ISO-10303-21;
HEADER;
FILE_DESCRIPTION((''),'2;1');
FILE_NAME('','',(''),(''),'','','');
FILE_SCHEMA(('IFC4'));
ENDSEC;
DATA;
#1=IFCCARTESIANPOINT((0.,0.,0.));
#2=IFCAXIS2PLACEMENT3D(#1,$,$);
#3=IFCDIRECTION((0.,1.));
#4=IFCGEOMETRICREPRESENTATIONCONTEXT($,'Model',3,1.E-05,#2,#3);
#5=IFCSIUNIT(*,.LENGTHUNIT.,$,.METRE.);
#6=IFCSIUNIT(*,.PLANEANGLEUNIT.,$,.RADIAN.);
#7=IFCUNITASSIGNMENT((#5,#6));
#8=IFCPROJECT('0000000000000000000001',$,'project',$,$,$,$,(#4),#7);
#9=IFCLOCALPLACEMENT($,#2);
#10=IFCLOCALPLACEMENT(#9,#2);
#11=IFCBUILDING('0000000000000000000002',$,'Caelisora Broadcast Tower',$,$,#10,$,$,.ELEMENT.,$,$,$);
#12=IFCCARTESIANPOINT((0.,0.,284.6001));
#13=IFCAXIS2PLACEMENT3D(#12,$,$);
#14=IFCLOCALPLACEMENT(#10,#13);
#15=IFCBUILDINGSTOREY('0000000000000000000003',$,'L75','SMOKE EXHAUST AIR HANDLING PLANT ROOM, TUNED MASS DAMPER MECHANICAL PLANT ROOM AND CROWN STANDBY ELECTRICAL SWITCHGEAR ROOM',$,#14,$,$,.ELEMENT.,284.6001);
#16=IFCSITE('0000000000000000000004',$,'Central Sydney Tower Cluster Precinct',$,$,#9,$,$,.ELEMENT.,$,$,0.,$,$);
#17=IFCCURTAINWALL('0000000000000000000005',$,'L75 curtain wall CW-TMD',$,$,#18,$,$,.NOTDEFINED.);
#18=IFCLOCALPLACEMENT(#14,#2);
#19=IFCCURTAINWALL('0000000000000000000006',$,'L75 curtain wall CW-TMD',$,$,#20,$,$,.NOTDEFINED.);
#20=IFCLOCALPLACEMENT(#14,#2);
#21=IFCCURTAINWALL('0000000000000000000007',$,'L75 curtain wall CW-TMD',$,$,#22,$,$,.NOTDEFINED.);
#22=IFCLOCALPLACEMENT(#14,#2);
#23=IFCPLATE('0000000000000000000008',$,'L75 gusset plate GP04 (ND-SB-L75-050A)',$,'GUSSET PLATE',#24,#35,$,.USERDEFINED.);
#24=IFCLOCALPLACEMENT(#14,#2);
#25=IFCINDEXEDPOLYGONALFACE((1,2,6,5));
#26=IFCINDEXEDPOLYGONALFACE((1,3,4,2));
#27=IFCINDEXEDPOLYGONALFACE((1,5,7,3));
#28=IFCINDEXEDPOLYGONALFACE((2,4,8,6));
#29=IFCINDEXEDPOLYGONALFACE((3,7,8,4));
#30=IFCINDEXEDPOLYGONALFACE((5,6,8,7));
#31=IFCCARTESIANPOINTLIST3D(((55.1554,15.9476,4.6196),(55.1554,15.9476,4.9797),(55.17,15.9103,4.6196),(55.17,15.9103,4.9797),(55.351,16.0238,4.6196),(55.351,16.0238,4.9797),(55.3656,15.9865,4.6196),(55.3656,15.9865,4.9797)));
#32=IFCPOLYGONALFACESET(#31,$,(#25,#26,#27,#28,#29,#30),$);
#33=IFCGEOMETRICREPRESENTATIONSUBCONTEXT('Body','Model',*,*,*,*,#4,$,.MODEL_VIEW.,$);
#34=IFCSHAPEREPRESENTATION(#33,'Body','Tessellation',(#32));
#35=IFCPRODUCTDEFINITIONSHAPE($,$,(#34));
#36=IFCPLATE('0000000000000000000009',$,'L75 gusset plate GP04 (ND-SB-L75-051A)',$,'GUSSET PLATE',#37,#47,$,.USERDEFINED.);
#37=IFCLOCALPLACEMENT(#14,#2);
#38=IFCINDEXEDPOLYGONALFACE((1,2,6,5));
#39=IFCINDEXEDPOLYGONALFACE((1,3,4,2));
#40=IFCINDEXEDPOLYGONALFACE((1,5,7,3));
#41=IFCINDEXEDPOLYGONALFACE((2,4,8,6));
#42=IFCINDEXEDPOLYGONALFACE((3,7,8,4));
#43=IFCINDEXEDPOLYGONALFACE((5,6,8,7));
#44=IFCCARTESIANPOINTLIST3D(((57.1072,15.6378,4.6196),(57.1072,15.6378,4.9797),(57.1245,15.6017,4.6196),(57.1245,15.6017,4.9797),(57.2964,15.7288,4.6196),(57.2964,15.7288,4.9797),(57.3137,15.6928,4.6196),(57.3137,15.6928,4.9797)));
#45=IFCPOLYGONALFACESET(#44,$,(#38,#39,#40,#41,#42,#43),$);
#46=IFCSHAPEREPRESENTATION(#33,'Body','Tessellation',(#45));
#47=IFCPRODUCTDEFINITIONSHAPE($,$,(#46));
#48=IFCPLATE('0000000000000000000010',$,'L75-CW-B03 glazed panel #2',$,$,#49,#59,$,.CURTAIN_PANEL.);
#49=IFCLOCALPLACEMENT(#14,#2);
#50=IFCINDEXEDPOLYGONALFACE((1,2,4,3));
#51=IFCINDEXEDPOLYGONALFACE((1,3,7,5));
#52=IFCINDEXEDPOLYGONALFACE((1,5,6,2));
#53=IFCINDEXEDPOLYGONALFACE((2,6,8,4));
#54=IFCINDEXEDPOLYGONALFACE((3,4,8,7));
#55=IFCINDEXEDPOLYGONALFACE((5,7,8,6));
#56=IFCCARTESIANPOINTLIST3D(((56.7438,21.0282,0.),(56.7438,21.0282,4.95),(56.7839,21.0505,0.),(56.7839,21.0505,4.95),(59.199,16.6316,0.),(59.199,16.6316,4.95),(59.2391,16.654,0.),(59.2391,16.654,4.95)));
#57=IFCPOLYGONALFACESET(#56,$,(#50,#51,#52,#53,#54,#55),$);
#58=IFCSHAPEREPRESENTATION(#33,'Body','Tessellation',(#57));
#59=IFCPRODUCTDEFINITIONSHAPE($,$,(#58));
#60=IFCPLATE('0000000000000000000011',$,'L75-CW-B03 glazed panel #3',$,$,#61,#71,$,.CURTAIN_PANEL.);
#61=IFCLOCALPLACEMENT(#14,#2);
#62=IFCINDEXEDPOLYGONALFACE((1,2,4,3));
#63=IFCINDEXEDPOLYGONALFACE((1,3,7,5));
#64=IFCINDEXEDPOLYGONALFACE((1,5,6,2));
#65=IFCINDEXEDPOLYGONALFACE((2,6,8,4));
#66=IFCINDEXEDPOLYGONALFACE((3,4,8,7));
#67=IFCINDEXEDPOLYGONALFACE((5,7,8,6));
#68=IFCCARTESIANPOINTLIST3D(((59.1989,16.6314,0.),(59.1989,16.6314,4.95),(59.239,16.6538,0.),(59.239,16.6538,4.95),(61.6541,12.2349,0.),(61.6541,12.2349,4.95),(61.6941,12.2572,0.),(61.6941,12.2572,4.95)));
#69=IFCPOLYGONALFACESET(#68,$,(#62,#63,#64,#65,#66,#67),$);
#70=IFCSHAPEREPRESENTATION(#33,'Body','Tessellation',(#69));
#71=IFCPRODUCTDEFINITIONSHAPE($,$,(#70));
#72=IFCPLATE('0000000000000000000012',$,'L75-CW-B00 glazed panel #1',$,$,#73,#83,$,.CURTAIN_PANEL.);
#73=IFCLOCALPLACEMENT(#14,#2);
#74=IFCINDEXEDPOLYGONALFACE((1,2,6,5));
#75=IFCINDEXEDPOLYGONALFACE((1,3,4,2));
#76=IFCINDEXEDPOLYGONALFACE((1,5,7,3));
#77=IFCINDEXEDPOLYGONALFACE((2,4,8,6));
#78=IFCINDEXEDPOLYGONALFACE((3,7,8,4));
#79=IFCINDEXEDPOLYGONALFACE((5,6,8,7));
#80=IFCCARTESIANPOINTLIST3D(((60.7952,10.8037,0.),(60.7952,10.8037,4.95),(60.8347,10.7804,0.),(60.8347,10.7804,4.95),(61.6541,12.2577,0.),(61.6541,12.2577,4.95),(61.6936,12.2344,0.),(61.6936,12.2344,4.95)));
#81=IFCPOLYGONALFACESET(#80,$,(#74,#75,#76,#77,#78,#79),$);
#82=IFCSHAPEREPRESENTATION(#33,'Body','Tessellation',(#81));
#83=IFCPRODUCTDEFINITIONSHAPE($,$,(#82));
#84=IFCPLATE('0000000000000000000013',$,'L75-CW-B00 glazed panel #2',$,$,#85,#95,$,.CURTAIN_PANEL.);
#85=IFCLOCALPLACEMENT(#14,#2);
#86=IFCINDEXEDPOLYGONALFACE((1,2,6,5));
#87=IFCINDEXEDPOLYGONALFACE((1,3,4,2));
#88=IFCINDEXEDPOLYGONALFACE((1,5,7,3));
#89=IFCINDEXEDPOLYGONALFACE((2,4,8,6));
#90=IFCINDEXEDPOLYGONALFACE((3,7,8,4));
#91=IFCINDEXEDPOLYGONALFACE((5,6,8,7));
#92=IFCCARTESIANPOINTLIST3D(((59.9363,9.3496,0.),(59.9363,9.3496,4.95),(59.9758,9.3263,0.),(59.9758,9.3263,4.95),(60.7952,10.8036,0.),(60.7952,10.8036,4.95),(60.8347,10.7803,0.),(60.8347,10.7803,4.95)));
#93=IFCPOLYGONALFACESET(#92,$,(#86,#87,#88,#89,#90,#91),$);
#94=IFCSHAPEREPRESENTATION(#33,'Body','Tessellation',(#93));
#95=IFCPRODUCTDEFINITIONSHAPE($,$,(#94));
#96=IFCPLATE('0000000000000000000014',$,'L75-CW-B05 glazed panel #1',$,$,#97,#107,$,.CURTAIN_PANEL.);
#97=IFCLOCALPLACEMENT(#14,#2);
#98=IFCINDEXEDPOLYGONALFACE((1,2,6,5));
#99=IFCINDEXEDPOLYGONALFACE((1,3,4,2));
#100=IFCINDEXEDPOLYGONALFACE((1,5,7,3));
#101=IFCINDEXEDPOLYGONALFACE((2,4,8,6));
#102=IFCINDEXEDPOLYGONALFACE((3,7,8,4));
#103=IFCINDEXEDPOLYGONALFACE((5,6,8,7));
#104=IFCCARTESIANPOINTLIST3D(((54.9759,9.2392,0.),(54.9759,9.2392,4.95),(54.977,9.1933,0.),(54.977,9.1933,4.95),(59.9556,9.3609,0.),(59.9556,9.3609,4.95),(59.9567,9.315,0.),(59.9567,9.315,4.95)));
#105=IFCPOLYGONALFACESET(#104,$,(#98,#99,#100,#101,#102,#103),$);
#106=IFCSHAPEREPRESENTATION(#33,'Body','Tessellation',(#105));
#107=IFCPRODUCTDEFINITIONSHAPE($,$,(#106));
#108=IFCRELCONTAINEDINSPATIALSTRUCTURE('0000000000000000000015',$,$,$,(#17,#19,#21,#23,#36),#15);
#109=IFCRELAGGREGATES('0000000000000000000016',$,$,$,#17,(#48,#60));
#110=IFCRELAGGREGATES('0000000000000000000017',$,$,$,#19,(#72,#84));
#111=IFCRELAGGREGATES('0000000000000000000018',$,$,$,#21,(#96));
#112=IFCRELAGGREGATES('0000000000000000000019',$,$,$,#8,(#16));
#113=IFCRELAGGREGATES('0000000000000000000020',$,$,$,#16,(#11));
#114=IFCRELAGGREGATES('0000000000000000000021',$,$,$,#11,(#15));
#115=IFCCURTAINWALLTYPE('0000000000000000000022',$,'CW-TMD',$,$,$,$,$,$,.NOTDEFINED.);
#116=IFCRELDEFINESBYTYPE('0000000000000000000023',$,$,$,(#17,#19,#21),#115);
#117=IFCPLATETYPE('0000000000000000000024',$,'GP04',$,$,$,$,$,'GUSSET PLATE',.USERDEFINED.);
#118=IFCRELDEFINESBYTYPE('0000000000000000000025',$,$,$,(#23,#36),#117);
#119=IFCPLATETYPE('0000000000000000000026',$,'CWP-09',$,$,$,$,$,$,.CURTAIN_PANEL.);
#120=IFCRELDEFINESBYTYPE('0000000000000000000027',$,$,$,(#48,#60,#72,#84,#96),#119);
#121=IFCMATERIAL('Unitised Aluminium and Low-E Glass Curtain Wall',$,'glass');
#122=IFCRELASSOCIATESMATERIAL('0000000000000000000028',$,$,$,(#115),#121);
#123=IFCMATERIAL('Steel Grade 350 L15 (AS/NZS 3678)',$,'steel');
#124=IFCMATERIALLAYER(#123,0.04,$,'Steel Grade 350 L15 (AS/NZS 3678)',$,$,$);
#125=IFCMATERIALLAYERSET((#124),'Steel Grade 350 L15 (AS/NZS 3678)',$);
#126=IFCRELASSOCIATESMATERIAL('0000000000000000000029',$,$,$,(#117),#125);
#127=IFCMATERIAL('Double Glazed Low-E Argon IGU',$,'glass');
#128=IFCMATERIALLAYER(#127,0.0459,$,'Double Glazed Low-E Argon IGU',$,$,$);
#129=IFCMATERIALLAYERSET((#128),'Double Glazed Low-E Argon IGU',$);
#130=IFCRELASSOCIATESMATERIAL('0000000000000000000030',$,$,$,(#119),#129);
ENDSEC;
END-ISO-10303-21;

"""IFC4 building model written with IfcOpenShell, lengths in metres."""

from ifc_helpers import new_model, si_unit, direction, frame, origin, origin_2d, place, context, subcontext, project, spatial, rectangle, extrude, source, transform, mapped, material, layer, layer_set, type_object, type_shapes, element, aggregate, save


model = new_model("IFC4")

# Units and contexts
model_context = context("Model", 3, precision=1e-05, world=origin(), true_north=direction((0.0, 1.0)))
body_context = subcontext(model_context, "Body", "Model", "MODEL_VIEW")
ifc_project = project(units=[si_unit("LENGTHUNIT", "METRE"), si_unit("PLANEANGLEUNIT", "RADIAN")], contexts=[model_context])

# Site, building, storey
site_placement = place(None, origin())
site = spatial("IfcSite", under=ifc_project, at=site_placement, Name="Central Sydney Tower Cluster Precinct", CompositionType="ELEMENT", RefElevation=0.0)
building_placement = place(site_placement, origin())
building = spatial("IfcBuilding", under=site, at=building_placement, Name="Caelisora Broadcast Tower", CompositionType="ELEMENT")
storey_placement = place(building_placement, frame((0.0, 0.0, 284.6001)))
storey = spatial("IfcBuildingStorey", under=building, at=storey_placement, Name="L75", Description="SMOKE EXHAUST AIR HANDLING PLANT ROOM, TUNED MASS DAMPER MECHANICAL PLANT ROOM AND CROWN STANDBY ELECTRICAL SWITCHGEAR ROOM", CompositionType="ELEMENT", Elevation=284.6001)

# Shared definitions
ifc_material_1 = material(Name="Steel Grade 350 L15 (AS/NZS 3678)", Category="steel")

# Curtain walls
ifc_material_2 = material(Name="Unitised Aluminium and Low-E Glass Curtain Wall", Category="glass")
curtain_wall_type = type_object("IfcCurtainWallType", Name="CW-TMD", PredefinedType="NOTDEFINED", material=ifc_material_2)
curtain_wall_1_placement = place(storey_placement, origin())
curtain_wall_1 = element("IfcCurtainWall", 1, at=curtain_wall_1_placement, inside=storey, type_object=curtain_wall_type, Name="L75 curtain wall CW-TMD", PredefinedType="NOTDEFINED")
curtain_wall_2_placement = place(storey_placement, origin())
curtain_wall_2 = element("IfcCurtainWall", 2, at=curtain_wall_2_placement, inside=storey, type_object=curtain_wall_type, Name="L75 curtain wall CW-TMD", PredefinedType="NOTDEFINED")
curtain_wall_3_placement = place(storey_placement, origin())
curtain_wall_3 = element("IfcCurtainWall", 3, at=curtain_wall_3_placement, inside=storey, type_object=curtain_wall_type, Name="L75 curtain wall CW-TMD", PredefinedType="NOTDEFINED")

# Plates
ifc_layer_1 = layer(ifc_material_1, 0.04, Name="Steel Grade 350 L15 (AS/NZS 3678)")
ifc_layer_set_1 = layer_set([ifc_layer_1], Name="Steel Grade 350 L15 (AS/NZS 3678)")
plate_type_1 = type_object("IfcPlateType", Name="GP04", ElementType="GUSSET PLATE", PredefinedType="USERDEFINED", material=ifc_layer_set_1)
shared_shape_1 = source(origin(), body_context, "Body", "SweptSolid", [
    extrude(rectangle(XDim=0.21, YDim=0.04, at=origin_2d()), origin(), (0.0, 0.0, 1.0), 0.3601),
])
type_shapes(plate_type_1, [shared_shape_1])
for number, where, z_axis, x_axis, name in (
    (4, (55.2605, 15.967, 4.6196), (0.0, 0.0, 1.0), (-0.931691, -0.363251, 0.0), "L75 gusset plate GP04 (ND-SB-L75-050A)"),
    (5, (57.2104, 15.6653, 4.6196), (0.0, 0.0, 1.0), (-0.901153, -0.433502, 0.0), "L75 gusset plate GP04 (ND-SB-L75-051A)"),
):
    element("IfcPlate", number, at=place(storey_placement, frame(where, z_axis=z_axis, x_axis=x_axis)), inside=storey, type_object=plate_type_1, Name=name, ObjectType="GUSSET PLATE", PredefinedType="USERDEFINED", context=body_context, shape_type="MappedRepresentation", body=[
        mapped(shared_shape_1, transform((0.0, 0.0, 0.0), scale=1.0)),
    ])

# Plates
ifc_material_3 = material(Name="Double Glazed Low-E Argon IGU", Category="glass")
ifc_layer_2 = layer(ifc_material_3, 0.0459, Name="Double Glazed Low-E Argon IGU")
ifc_layer_set_2 = layer_set([ifc_layer_2], Name="Double Glazed Low-E Argon IGU")
plate_type_2 = type_object("IfcPlateType", Name="CWP-09", PredefinedType="CURTAIN_PANEL", material=ifc_layer_set_2)
shared_shape_2 = source(origin(), body_context, "Body", "SweptSolid", [
    extrude(rectangle(XDim=5.0356, YDim=0.0459, at=origin_2d()), origin(), (0.0, 0.0, 1.0), 4.95),
])
plate_1_placement = place(storey_placement, frame((57.9915, 18.8411, 0.0), z_axis=(0.0, 0.0, 1.0), x_axis=(0.487555, -0.873092, 0.0)))
plate_1 = element("IfcPlate", 6, at=plate_1_placement, type_object=plate_type_2, Name="L75-CW-B03 glazed panel #2", PredefinedType="CURTAIN_PANEL", context=body_context, shape_type="MappedRepresentation", body=[
    mapped(shared_shape_2, transform((0.0, 0.0, 0.0), scale=1.0)),
])
plate_2_placement = place(storey_placement, frame((60.4465, 14.4443, 0.0), z_axis=(0.0, 0.0, 1.0), x_axis=(0.487555, -0.873092, 0.0)))
plate_2 = element("IfcPlate", 7, at=plate_2_placement, type_object=plate_type_2, Name="L75-CW-B03 glazed panel #3", PredefinedType="CURTAIN_PANEL", context=body_context, shape_type="MappedRepresentation", body=[
    mapped(shared_shape_2, transform((0.0, 0.0, 0.0), scale=1.0)),
])
aggregate(curtain_wall_1, [plate_1, plate_2])
shared_shape_3 = source(origin(), body_context, "Body", "SweptSolid", [
    extrude(rectangle(XDim=1.6887, YDim=0.0459, at=origin_2d()), origin(), (0.0, 0.0, 1.0), 4.95),
])
plate_3_placement = place(storey_placement, frame((61.2444, 11.519, 0.0), z_axis=(0.0, 0.0, 1.0), x_axis=(-0.508591, -0.861008, 0.0)))
plate_3 = element("IfcPlate", 8, at=plate_3_placement, type_object=plate_type_2, Name="L75-CW-B00 glazed panel #1", PredefinedType="CURTAIN_PANEL", context=body_context, shape_type="MappedRepresentation", body=[
    mapped(shared_shape_3, transform((0.0, 0.0, 0.0), scale=1.0)),
])
plate_4_placement = place(storey_placement, frame((60.3855, 10.0649, 0.0), z_axis=(0.0, 0.0, 1.0), x_axis=(-0.508591, -0.861008, 0.0)))
plate_4 = element("IfcPlate", 9, at=plate_4_placement, type_object=plate_type_2, Name="L75-CW-B00 glazed panel #2", PredefinedType="CURTAIN_PANEL", context=body_context, shape_type="MappedRepresentation", body=[
    mapped(shared_shape_3, transform((0.0, 0.0, 0.0), scale=1.0)),
])
aggregate(curtain_wall_2, [plate_3, plate_4])
shared_shape_4 = source(origin(), body_context, "Body", "SweptSolid", [
    extrude(rectangle(XDim=4.9812, YDim=0.0459, at=origin_2d()), origin(), (0.0, 0.0, 1.0), 4.95),
])
type_shapes(plate_type_2, [shared_shape_2, shared_shape_3, shared_shape_4])
plate_5_placement = place(storey_placement, frame((57.4663, 9.2771, 0.0), z_axis=(0.0, 0.0, 1.0), x_axis=(-0.999701, -0.024432, 0.0)))
plate_5 = element("IfcPlate", 10, at=plate_5_placement, type_object=plate_type_2, Name="L75-CW-B05 glazed panel #1", PredefinedType="CURTAIN_PANEL", context=body_context, shape_type="MappedRepresentation", body=[
    mapped(shared_shape_4, transform((0.0, 0.0, 0.0), scale=1.0)),
])
aggregate(curtain_wall_3, [plate_5])

save(model, "model.ifc")
